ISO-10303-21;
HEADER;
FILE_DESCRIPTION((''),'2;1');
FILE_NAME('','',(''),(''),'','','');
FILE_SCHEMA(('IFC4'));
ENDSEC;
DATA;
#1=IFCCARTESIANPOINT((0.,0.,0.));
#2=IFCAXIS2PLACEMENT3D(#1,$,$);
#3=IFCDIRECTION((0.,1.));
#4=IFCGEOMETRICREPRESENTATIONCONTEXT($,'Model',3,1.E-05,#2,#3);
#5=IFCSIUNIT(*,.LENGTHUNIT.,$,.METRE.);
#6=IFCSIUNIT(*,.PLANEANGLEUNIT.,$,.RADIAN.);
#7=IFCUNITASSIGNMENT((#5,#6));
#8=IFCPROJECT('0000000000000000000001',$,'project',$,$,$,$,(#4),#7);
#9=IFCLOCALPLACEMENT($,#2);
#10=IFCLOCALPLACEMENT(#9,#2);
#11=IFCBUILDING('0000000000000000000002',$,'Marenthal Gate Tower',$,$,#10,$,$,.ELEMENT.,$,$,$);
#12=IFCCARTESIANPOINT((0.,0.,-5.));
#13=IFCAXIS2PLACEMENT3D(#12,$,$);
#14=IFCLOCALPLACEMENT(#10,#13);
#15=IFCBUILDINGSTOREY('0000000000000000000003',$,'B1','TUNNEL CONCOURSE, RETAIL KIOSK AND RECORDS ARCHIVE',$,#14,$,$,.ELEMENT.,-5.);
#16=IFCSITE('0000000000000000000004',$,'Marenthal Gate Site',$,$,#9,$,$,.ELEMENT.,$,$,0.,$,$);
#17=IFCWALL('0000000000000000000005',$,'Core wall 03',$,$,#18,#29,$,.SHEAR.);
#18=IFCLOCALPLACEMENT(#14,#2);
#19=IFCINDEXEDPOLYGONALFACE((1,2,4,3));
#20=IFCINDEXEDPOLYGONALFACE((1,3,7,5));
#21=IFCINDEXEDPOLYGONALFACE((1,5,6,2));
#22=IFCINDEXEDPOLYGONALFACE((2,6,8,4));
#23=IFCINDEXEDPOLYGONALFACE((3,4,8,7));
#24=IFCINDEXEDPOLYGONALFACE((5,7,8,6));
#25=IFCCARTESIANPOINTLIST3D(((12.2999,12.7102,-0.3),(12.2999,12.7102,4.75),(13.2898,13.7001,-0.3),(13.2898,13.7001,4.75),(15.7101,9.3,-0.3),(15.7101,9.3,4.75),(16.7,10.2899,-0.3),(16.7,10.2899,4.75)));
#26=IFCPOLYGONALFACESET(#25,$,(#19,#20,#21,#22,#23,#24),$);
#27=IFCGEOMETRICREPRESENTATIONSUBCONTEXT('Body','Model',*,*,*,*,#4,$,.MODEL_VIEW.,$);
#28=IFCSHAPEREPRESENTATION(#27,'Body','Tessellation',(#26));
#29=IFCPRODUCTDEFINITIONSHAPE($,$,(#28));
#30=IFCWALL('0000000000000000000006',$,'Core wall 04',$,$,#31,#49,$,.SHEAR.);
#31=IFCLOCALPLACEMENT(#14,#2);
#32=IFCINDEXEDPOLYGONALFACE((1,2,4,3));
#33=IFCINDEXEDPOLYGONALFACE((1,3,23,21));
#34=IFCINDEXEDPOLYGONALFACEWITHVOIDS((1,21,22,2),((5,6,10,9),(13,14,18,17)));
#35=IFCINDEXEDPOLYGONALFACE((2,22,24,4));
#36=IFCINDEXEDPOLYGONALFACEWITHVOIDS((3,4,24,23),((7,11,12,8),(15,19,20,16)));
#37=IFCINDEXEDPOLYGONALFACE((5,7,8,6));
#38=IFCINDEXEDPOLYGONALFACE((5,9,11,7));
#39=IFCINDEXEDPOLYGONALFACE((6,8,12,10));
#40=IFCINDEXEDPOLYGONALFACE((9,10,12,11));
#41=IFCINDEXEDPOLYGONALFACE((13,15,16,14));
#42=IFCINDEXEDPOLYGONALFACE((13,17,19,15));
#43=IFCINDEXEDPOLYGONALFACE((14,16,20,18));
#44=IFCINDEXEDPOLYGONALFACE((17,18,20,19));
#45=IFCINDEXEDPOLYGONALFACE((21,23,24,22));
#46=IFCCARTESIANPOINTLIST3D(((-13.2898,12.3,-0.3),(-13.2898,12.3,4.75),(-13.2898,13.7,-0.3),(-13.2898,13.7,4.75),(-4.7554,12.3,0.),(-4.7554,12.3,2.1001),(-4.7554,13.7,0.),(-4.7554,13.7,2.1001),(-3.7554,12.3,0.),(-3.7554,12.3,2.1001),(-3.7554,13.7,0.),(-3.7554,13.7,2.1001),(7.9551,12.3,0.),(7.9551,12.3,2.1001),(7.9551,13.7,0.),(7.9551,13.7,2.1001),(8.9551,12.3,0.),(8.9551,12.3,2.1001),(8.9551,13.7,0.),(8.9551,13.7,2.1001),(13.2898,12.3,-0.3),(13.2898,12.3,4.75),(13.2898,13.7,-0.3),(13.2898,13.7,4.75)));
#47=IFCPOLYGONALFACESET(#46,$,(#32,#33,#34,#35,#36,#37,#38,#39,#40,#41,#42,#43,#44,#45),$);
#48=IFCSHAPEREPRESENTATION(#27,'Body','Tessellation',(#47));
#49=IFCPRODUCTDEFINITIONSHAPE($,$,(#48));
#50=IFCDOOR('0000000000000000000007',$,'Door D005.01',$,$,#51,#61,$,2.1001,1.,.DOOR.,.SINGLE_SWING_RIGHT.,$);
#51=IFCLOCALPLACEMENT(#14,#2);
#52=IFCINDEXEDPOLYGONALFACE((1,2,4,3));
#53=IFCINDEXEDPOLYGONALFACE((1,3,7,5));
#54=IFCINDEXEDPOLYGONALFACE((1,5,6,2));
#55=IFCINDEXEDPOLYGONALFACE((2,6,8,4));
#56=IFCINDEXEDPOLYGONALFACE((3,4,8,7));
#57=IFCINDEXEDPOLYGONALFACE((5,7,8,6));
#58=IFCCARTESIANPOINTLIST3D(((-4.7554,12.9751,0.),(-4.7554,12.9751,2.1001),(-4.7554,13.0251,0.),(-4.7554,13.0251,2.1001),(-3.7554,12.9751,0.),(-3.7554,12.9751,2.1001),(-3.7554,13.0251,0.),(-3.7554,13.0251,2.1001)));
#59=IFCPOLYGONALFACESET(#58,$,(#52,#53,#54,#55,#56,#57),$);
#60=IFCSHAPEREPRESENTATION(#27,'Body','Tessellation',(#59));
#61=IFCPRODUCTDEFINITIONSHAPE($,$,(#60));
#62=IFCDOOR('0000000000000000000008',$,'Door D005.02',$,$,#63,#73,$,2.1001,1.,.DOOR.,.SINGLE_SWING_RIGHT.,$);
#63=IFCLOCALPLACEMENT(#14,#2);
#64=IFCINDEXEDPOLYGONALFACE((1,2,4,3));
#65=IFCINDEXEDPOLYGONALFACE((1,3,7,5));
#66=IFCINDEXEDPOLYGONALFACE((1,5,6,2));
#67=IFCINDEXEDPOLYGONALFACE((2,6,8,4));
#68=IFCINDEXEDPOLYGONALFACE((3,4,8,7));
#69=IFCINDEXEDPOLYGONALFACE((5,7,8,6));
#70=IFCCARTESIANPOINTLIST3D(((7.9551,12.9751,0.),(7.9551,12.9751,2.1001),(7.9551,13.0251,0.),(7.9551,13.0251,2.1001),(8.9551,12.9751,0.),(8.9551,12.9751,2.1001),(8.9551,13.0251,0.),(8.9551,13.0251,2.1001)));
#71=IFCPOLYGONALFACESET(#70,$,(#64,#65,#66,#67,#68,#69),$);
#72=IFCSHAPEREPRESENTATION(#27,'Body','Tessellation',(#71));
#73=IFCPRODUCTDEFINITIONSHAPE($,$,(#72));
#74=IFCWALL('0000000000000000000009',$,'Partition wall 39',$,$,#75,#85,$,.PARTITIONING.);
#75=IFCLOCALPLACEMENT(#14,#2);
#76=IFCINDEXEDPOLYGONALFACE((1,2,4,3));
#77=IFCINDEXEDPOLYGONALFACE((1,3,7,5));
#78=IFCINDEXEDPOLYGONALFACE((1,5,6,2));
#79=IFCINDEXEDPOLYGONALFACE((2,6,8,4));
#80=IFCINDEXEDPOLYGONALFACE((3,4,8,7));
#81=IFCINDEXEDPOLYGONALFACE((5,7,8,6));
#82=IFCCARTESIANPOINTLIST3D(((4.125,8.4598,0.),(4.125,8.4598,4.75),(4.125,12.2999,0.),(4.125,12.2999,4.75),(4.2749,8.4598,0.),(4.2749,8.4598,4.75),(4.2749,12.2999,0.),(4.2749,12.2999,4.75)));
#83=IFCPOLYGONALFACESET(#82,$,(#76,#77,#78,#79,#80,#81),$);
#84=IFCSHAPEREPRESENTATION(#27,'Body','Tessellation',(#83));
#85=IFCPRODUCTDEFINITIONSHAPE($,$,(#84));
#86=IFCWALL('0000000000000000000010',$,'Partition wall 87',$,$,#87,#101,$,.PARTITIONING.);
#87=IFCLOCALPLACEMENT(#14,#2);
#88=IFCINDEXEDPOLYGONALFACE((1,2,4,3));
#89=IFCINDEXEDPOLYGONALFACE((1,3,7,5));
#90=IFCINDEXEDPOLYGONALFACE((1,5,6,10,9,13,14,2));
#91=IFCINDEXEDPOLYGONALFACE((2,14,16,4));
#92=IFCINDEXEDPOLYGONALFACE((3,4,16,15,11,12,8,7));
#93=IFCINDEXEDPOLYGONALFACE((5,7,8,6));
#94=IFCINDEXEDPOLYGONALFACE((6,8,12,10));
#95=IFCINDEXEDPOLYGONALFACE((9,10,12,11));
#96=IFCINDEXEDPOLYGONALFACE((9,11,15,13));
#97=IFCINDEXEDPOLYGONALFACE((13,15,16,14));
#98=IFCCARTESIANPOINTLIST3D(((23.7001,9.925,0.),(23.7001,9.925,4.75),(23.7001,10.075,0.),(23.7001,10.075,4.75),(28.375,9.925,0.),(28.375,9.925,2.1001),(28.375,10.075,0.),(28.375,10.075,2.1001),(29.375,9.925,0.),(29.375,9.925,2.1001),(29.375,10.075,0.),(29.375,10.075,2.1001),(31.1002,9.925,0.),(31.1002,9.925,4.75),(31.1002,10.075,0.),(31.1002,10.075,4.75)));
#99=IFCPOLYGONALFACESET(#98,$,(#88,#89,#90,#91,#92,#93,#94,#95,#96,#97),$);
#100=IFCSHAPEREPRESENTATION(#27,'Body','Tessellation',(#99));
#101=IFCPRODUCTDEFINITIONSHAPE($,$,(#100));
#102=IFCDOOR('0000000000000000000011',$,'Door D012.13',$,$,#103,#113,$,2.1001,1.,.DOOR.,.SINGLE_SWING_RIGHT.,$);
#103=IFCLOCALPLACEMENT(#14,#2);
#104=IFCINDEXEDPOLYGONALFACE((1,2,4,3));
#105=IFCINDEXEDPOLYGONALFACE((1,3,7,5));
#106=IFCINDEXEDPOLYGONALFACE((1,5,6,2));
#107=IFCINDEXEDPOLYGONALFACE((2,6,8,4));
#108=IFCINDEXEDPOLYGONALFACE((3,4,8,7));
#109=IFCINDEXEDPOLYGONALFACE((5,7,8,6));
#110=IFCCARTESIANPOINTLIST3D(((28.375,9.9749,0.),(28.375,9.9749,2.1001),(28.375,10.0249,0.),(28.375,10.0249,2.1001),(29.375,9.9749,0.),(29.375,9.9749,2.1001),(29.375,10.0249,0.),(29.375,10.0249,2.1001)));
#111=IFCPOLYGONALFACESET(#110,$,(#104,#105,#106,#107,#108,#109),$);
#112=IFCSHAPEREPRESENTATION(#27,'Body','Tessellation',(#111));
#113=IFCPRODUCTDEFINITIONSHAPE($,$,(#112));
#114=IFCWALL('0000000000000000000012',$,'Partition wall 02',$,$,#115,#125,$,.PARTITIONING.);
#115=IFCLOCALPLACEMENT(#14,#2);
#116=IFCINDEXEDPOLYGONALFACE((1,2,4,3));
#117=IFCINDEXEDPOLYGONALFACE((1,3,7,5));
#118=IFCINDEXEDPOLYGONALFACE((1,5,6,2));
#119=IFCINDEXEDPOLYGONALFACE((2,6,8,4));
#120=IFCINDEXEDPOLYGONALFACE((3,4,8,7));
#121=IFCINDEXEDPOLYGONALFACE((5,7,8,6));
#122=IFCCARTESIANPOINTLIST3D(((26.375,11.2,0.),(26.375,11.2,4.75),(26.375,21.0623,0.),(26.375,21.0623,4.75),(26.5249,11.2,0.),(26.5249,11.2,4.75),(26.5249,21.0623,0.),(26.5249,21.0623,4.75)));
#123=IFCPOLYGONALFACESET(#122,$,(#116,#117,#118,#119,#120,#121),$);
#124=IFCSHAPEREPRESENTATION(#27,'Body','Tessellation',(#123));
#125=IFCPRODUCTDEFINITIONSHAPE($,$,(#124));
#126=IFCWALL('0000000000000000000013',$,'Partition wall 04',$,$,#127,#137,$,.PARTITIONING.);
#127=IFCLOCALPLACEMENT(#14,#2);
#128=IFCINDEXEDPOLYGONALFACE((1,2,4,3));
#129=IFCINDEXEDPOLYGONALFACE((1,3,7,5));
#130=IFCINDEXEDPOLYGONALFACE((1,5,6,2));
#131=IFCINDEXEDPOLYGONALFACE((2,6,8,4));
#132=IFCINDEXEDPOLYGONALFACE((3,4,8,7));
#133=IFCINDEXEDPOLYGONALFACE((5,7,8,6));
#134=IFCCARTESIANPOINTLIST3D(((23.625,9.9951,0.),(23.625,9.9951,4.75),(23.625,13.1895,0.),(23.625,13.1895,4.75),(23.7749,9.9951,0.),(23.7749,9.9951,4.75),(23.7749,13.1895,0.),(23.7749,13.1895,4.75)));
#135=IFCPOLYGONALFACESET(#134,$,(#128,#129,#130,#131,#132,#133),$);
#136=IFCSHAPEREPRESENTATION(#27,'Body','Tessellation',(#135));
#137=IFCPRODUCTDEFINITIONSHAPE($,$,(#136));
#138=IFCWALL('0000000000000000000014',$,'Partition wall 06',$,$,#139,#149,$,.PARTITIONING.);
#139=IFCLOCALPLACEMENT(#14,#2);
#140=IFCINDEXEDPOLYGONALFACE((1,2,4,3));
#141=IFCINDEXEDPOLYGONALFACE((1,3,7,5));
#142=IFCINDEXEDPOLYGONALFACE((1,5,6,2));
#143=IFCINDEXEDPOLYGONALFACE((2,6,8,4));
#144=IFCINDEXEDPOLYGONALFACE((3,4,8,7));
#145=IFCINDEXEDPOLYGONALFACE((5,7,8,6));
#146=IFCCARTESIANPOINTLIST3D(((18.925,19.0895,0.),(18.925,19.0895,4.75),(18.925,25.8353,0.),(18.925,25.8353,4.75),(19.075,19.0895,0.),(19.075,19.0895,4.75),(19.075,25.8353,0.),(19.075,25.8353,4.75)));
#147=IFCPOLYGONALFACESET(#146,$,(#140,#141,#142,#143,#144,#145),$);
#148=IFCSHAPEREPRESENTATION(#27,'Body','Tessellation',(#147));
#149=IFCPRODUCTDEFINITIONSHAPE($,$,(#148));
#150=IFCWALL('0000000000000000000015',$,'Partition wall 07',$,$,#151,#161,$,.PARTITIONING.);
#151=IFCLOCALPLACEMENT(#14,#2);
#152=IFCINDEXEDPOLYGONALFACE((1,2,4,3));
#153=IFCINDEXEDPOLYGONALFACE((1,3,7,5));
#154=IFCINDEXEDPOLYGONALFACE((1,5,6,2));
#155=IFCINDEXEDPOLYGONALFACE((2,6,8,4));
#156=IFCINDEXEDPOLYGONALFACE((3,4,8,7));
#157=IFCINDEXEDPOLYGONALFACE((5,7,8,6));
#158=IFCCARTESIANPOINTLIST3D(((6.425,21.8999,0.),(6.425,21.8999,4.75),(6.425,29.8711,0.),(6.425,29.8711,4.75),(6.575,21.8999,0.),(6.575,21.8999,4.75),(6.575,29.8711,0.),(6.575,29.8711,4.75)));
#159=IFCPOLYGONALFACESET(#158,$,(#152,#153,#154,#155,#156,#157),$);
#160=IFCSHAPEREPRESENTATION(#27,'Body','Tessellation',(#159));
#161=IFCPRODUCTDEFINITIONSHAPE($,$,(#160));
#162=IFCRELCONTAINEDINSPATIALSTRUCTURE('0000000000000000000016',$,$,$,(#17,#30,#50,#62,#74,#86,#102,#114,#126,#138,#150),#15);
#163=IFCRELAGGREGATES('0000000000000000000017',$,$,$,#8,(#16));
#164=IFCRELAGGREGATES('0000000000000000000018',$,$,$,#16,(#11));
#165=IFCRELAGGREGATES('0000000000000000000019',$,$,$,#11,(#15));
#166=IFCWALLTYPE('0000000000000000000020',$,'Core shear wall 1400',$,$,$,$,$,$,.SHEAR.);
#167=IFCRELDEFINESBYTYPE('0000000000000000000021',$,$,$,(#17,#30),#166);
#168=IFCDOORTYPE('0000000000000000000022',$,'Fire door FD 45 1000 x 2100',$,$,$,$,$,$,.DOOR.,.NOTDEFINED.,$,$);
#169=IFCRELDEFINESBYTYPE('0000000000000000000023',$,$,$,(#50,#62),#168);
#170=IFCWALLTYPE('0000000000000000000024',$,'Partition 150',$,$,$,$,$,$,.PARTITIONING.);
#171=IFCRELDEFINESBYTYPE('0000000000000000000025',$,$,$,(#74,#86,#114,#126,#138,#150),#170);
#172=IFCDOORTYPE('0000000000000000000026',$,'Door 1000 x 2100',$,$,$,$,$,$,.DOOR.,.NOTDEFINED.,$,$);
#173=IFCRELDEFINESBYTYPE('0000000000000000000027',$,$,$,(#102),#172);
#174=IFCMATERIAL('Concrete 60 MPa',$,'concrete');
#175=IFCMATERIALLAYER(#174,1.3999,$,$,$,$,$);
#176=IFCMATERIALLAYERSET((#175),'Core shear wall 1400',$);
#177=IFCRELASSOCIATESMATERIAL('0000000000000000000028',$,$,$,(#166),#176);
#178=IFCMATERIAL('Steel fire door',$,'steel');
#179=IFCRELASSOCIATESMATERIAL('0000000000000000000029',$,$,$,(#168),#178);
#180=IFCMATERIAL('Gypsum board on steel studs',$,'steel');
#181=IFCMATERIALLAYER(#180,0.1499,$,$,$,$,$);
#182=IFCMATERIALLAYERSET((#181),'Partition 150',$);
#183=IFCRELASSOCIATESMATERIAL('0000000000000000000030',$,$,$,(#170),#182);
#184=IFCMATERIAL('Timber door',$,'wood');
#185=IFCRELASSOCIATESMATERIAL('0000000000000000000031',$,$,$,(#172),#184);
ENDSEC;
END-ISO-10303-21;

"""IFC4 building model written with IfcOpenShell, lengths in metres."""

from ifc_helpers import new_model, si_unit, direction, frame, frame_2d, origin, place, context, subcontext, project, spatial, rectangle, extrude, material, layer, layer_set, type_object, element, fill, save


model = new_model("IFC4")

# Units and contexts
model_context = context("Model", 3, precision=1e-05, world=origin(), true_north=direction((0.0, 1.0)))
body_context = subcontext(model_context, "Body", "Model", "MODEL_VIEW")
ifc_project = project(units=[si_unit("LENGTHUNIT", "METRE"), si_unit("PLANEANGLEUNIT", "RADIAN")], contexts=[model_context])

# Site, building, storey
site_placement = place(None, origin())
site = spatial("IfcSite", under=ifc_project, at=site_placement, Name="Marenthal Gate Site", CompositionType="ELEMENT", RefElevation=0.0)
building_placement = place(site_placement, origin())
building = spatial("IfcBuilding", under=site, at=building_placement, Name="Marenthal Gate Tower", CompositionType="ELEMENT")
storey_placement = place(building_placement, frame((0.0, 0.0, -5.0)))
storey = spatial("IfcBuildingStorey", under=building, at=storey_placement, Name="B1", Description="TUNNEL CONCOURSE, RETAIL KIOSK AND RECORDS ARCHIVE", CompositionType="ELEMENT", Elevation=-5.0)

# Wall
ifc_material_1 = material(Name="Concrete 60 MPa", Category="concrete")
ifc_layer_1 = layer(ifc_material_1, 1.3999)
ifc_layer_set_1 = layer_set([ifc_layer_1], Name="Core shear wall 1400")
wall_type_1 = type_object("IfcWallType", Name="Core shear wall 1400", PredefinedType="SHEAR", material=ifc_layer_set_1)
wall_1_placement = place(storey_placement, frame((16.2051, 9.7949, -0.3), z_axis=(0.0, 0.0, 1.0), x_axis=(-0.707107, 0.707107, 0.0)))
element("IfcWall", 1, at=wall_1_placement, inside=storey, type_object=wall_type_1, Name="Core wall 03", PredefinedType="SHEAR", context=body_context, shape_type="SweptSolid", body=[
    extrude(rectangle(XDim=4.8228, YDim=1.3999, at=frame_2d((2.4114, 0.0))), origin(), (0.0, 0.0, 1.0), 5.05),
])

# Wall, openings, doors
wall_2_placement = place(storey_placement, frame((13.2898, 13.0, -0.3), z_axis=(0.0, 0.0, 1.0), x_axis=(-1.0, 0.0, 0.0)))
wall_2 = element("IfcWall", 2, at=wall_2_placement, inside=storey, type_object=wall_type_1, Name="Core wall 04", PredefinedType="SHEAR", context=body_context, shape_type="SweptSolid", body=[
    extrude(rectangle(XDim=26.5796, YDim=1.3999, at=frame_2d((13.2898, 0.0))), origin(), (0.0, 0.0, 1.0), 5.05),
])
opening_1_placement = place(wall_2_placement, frame((17.0452, 0.0, 0.3)))
opening_1 = element("IfcOpeningElement", 3, at=opening_1_placement, cuts=wall_2, PredefinedType="OPENING", context=body_context, shape_type="SweptSolid", body=[
    extrude(rectangle(XDim=1.0, YDim=2.1001, at=frame_2d((0.5, 1.05))), frame((0.0, 0.71, 0.0), z_axis=(0.0, -1.0, 0.0), x_axis=(1.0, 0.0, 0.0)), (0.0, 0.0, 1.0), 1.4199),
])
opening_2_placement = place(wall_2_placement, frame((4.3347, 0.0, 0.3)))
opening_2 = element("IfcOpeningElement", 4, at=opening_2_placement, cuts=wall_2, PredefinedType="OPENING", context=body_context, shape_type="SweptSolid", body=[
    extrude(rectangle(XDim=1.0, YDim=2.1001, at=frame_2d((0.5, 1.05))), frame((0.0, 0.71, 0.0), z_axis=(0.0, -1.0, 0.0), x_axis=(1.0, 0.0, 0.0)), (0.0, 0.0, 1.0), 1.4199),
])
ifc_material_2 = material(Name="Steel fire door", Category="steel")
door_type_1 = type_object("IfcDoorType", Name="Fire door FD 45 1000 x 2100", OperationType="NOTDEFINED", PredefinedType="DOOR", material=ifc_material_2)
door_1_placement = place(opening_1_placement, origin())
door_1 = element("IfcDoor", 5, at=door_1_placement, inside=storey, type_object=door_type_1, Name="Door D005.01", OperationType="SINGLE_SWING_RIGHT", OverallHeight=2.1001, OverallWidth=1.0, PredefinedType="DOOR", context=body_context, shape_type="SweptSolid", body=[
    extrude(rectangle(XDim=1.0, YDim=2.1001, at=frame_2d((0.5, 1.05))), frame((0.0, 0.0249, 0.0), z_axis=(0.0, -1.0, 0.0), x_axis=(1.0, 0.0, 0.0)), (0.0, 0.0, 1.0), 0.05),
])
fill(opening_1, door_1)
door_2_placement = place(opening_2_placement, origin())
door_2 = element("IfcDoor", 6, at=door_2_placement, inside=storey, type_object=door_type_1, Name="Door D005.02", OperationType="SINGLE_SWING_RIGHT", OverallHeight=2.1001, OverallWidth=1.0, PredefinedType="DOOR", context=body_context, shape_type="SweptSolid", body=[
    extrude(rectangle(XDim=1.0, YDim=2.1001, at=frame_2d((0.5, 1.05))), frame((0.0, 0.0249, 0.0), z_axis=(0.0, -1.0, 0.0), x_axis=(1.0, 0.0, 0.0)), (0.0, 0.0, 1.0), 0.05),
])
fill(opening_2, door_2)

# Wall
ifc_material_3 = material(Name="Gypsum board on steel studs", Category="steel")
ifc_layer_2 = layer(ifc_material_3, 0.1499)
ifc_layer_set_2 = layer_set([ifc_layer_2], Name="Partition 150")
wall_type_2 = type_object("IfcWallType", Name="Partition 150", PredefinedType="PARTITIONING", material=ifc_layer_set_2)
wall_3_placement = place(storey_placement, frame((4.2, 8.46, 0.0), z_axis=(0.0, 0.0, 1.0), x_axis=(0.0, 1.0, 0.0)))
element("IfcWall", 7, at=wall_3_placement, inside=storey, type_object=wall_type_2, Name="Partition wall 39", PredefinedType="PARTITIONING", context=body_context, shape_type="SweptSolid", body=[
    extrude(rectangle(XDim=3.8401, YDim=0.1499, at=frame_2d((1.9199, 0.0))), origin(), (0.0, 0.0, 1.0), 4.75),
])

# Wall, opening, door
wall_4_placement = place(storey_placement, frame((23.7, 10.0, 0.0), z_axis=(0.0, 0.0, 1.0), x_axis=(1.0, 0.0, 0.0)))
wall_4 = element("IfcWall", 8, at=wall_4_placement, inside=storey, type_object=wall_type_2, Name="Partition wall 87", PredefinedType="PARTITIONING", context=body_context, shape_type="SweptSolid", body=[
    extrude(rectangle(XDim=7.4001, YDim=0.1499, at=frame_2d((3.7002, 0.0))), origin(), (0.0, 0.0, 1.0), 4.75),
])
opening_3_placement = place(wall_4_placement, frame((4.675, 0.0, 0.0)))
opening_3 = element("IfcOpeningElement", 9, at=opening_3_placement, cuts=wall_4, PredefinedType="OPENING", context=body_context, shape_type="SweptSolid", body=[
    extrude(rectangle(XDim=1.0, YDim=2.1001, at=frame_2d((0.5, 1.05))), frame((0.0, 0.085, 0.0), z_axis=(0.0, -1.0, 0.0), x_axis=(1.0, 0.0, 0.0)), (0.0, 0.0, 1.0), 0.1699),
])
ifc_material_4 = material(Name="Timber door", Category="wood")
door_type_2 = type_object("IfcDoorType", Name="Door 1000 x 2100", OperationType="NOTDEFINED", PredefinedType="DOOR", material=ifc_material_4)
door_3_placement = place(opening_3_placement, origin())
door_3 = element("IfcDoor", 10, at=door_3_placement, inside=storey, type_object=door_type_2, Name="Door D012.13", OperationType="SINGLE_SWING_RIGHT", OverallHeight=2.1001, OverallWidth=1.0, PredefinedType="DOOR", context=body_context, shape_type="SweptSolid", body=[
    extrude(rectangle(XDim=1.0, YDim=2.1001, at=frame_2d((0.5, 1.05))), frame((0.0, 0.0249, 0.0), z_axis=(0.0, -1.0, 0.0), x_axis=(1.0, 0.0, 0.0)), (0.0, 0.0, 1.0), 0.05),
])
fill(opening_3, door_3)

# Walls
wall_5_placement = place(storey_placement, frame((26.45, 11.2, 0.0), z_axis=(0.0, 0.0, 1.0), x_axis=(0.0, 1.0, 0.0)))
element("IfcWall", 11, at=wall_5_placement, inside=storey, type_object=wall_type_2, Name="Partition wall 02", PredefinedType="PARTITIONING", context=body_context, shape_type="SweptSolid", body=[
    extrude(rectangle(XDim=9.8623, YDim=0.1499, at=frame_2d((4.9312, 0.0))), origin(), (0.0, 0.0, 1.0), 4.75),
])
wall_6_placement = place(storey_placement, frame((23.7, 9.9951, 0.0), z_axis=(0.0, 0.0, 1.0), x_axis=(0.0, 1.0, 0.0)))
element("IfcWall", 12, at=wall_6_placement, inside=storey, type_object=wall_type_2, Name="Partition wall 04", PredefinedType="PARTITIONING", context=body_context, shape_type="SweptSolid", body=[
    extrude(rectangle(XDim=3.1943, YDim=0.1499, at=frame_2d((1.5972, 0.0))), origin(), (0.0, 0.0, 1.0), 4.75),
])
wall_7_placement = place(storey_placement, frame((19.0, 19.0894, 0.0), z_axis=(0.0, 0.0, 1.0), x_axis=(0.0, 1.0, 0.0)))
element("IfcWall", 13, at=wall_7_placement, inside=storey, type_object=wall_type_2, Name="Partition wall 06", PredefinedType="PARTITIONING", context=body_context, shape_type="SweptSolid", body=[
    extrude(rectangle(XDim=6.7458, YDim=0.1499, at=frame_2d((3.373, 0.0))), origin(), (0.0, 0.0, 1.0), 4.75),
])
wall_8_placement = place(storey_placement, frame((6.5, 21.8999, 0.0), z_axis=(0.0, 0.0, 1.0), x_axis=(0.0, 1.0, 0.0)))
element("IfcWall", 14, at=wall_8_placement, inside=storey, type_object=wall_type_2, Name="Partition wall 07", PredefinedType="PARTITIONING", context=body_context, shape_type="SweptSolid", body=[
    extrude(rectangle(XDim=7.9712, YDim=0.1499, at=frame_2d((3.9856, 0.0))), origin(), (0.0, 0.0, 1.0), 4.75),
])

save(model, "model.ifc")
